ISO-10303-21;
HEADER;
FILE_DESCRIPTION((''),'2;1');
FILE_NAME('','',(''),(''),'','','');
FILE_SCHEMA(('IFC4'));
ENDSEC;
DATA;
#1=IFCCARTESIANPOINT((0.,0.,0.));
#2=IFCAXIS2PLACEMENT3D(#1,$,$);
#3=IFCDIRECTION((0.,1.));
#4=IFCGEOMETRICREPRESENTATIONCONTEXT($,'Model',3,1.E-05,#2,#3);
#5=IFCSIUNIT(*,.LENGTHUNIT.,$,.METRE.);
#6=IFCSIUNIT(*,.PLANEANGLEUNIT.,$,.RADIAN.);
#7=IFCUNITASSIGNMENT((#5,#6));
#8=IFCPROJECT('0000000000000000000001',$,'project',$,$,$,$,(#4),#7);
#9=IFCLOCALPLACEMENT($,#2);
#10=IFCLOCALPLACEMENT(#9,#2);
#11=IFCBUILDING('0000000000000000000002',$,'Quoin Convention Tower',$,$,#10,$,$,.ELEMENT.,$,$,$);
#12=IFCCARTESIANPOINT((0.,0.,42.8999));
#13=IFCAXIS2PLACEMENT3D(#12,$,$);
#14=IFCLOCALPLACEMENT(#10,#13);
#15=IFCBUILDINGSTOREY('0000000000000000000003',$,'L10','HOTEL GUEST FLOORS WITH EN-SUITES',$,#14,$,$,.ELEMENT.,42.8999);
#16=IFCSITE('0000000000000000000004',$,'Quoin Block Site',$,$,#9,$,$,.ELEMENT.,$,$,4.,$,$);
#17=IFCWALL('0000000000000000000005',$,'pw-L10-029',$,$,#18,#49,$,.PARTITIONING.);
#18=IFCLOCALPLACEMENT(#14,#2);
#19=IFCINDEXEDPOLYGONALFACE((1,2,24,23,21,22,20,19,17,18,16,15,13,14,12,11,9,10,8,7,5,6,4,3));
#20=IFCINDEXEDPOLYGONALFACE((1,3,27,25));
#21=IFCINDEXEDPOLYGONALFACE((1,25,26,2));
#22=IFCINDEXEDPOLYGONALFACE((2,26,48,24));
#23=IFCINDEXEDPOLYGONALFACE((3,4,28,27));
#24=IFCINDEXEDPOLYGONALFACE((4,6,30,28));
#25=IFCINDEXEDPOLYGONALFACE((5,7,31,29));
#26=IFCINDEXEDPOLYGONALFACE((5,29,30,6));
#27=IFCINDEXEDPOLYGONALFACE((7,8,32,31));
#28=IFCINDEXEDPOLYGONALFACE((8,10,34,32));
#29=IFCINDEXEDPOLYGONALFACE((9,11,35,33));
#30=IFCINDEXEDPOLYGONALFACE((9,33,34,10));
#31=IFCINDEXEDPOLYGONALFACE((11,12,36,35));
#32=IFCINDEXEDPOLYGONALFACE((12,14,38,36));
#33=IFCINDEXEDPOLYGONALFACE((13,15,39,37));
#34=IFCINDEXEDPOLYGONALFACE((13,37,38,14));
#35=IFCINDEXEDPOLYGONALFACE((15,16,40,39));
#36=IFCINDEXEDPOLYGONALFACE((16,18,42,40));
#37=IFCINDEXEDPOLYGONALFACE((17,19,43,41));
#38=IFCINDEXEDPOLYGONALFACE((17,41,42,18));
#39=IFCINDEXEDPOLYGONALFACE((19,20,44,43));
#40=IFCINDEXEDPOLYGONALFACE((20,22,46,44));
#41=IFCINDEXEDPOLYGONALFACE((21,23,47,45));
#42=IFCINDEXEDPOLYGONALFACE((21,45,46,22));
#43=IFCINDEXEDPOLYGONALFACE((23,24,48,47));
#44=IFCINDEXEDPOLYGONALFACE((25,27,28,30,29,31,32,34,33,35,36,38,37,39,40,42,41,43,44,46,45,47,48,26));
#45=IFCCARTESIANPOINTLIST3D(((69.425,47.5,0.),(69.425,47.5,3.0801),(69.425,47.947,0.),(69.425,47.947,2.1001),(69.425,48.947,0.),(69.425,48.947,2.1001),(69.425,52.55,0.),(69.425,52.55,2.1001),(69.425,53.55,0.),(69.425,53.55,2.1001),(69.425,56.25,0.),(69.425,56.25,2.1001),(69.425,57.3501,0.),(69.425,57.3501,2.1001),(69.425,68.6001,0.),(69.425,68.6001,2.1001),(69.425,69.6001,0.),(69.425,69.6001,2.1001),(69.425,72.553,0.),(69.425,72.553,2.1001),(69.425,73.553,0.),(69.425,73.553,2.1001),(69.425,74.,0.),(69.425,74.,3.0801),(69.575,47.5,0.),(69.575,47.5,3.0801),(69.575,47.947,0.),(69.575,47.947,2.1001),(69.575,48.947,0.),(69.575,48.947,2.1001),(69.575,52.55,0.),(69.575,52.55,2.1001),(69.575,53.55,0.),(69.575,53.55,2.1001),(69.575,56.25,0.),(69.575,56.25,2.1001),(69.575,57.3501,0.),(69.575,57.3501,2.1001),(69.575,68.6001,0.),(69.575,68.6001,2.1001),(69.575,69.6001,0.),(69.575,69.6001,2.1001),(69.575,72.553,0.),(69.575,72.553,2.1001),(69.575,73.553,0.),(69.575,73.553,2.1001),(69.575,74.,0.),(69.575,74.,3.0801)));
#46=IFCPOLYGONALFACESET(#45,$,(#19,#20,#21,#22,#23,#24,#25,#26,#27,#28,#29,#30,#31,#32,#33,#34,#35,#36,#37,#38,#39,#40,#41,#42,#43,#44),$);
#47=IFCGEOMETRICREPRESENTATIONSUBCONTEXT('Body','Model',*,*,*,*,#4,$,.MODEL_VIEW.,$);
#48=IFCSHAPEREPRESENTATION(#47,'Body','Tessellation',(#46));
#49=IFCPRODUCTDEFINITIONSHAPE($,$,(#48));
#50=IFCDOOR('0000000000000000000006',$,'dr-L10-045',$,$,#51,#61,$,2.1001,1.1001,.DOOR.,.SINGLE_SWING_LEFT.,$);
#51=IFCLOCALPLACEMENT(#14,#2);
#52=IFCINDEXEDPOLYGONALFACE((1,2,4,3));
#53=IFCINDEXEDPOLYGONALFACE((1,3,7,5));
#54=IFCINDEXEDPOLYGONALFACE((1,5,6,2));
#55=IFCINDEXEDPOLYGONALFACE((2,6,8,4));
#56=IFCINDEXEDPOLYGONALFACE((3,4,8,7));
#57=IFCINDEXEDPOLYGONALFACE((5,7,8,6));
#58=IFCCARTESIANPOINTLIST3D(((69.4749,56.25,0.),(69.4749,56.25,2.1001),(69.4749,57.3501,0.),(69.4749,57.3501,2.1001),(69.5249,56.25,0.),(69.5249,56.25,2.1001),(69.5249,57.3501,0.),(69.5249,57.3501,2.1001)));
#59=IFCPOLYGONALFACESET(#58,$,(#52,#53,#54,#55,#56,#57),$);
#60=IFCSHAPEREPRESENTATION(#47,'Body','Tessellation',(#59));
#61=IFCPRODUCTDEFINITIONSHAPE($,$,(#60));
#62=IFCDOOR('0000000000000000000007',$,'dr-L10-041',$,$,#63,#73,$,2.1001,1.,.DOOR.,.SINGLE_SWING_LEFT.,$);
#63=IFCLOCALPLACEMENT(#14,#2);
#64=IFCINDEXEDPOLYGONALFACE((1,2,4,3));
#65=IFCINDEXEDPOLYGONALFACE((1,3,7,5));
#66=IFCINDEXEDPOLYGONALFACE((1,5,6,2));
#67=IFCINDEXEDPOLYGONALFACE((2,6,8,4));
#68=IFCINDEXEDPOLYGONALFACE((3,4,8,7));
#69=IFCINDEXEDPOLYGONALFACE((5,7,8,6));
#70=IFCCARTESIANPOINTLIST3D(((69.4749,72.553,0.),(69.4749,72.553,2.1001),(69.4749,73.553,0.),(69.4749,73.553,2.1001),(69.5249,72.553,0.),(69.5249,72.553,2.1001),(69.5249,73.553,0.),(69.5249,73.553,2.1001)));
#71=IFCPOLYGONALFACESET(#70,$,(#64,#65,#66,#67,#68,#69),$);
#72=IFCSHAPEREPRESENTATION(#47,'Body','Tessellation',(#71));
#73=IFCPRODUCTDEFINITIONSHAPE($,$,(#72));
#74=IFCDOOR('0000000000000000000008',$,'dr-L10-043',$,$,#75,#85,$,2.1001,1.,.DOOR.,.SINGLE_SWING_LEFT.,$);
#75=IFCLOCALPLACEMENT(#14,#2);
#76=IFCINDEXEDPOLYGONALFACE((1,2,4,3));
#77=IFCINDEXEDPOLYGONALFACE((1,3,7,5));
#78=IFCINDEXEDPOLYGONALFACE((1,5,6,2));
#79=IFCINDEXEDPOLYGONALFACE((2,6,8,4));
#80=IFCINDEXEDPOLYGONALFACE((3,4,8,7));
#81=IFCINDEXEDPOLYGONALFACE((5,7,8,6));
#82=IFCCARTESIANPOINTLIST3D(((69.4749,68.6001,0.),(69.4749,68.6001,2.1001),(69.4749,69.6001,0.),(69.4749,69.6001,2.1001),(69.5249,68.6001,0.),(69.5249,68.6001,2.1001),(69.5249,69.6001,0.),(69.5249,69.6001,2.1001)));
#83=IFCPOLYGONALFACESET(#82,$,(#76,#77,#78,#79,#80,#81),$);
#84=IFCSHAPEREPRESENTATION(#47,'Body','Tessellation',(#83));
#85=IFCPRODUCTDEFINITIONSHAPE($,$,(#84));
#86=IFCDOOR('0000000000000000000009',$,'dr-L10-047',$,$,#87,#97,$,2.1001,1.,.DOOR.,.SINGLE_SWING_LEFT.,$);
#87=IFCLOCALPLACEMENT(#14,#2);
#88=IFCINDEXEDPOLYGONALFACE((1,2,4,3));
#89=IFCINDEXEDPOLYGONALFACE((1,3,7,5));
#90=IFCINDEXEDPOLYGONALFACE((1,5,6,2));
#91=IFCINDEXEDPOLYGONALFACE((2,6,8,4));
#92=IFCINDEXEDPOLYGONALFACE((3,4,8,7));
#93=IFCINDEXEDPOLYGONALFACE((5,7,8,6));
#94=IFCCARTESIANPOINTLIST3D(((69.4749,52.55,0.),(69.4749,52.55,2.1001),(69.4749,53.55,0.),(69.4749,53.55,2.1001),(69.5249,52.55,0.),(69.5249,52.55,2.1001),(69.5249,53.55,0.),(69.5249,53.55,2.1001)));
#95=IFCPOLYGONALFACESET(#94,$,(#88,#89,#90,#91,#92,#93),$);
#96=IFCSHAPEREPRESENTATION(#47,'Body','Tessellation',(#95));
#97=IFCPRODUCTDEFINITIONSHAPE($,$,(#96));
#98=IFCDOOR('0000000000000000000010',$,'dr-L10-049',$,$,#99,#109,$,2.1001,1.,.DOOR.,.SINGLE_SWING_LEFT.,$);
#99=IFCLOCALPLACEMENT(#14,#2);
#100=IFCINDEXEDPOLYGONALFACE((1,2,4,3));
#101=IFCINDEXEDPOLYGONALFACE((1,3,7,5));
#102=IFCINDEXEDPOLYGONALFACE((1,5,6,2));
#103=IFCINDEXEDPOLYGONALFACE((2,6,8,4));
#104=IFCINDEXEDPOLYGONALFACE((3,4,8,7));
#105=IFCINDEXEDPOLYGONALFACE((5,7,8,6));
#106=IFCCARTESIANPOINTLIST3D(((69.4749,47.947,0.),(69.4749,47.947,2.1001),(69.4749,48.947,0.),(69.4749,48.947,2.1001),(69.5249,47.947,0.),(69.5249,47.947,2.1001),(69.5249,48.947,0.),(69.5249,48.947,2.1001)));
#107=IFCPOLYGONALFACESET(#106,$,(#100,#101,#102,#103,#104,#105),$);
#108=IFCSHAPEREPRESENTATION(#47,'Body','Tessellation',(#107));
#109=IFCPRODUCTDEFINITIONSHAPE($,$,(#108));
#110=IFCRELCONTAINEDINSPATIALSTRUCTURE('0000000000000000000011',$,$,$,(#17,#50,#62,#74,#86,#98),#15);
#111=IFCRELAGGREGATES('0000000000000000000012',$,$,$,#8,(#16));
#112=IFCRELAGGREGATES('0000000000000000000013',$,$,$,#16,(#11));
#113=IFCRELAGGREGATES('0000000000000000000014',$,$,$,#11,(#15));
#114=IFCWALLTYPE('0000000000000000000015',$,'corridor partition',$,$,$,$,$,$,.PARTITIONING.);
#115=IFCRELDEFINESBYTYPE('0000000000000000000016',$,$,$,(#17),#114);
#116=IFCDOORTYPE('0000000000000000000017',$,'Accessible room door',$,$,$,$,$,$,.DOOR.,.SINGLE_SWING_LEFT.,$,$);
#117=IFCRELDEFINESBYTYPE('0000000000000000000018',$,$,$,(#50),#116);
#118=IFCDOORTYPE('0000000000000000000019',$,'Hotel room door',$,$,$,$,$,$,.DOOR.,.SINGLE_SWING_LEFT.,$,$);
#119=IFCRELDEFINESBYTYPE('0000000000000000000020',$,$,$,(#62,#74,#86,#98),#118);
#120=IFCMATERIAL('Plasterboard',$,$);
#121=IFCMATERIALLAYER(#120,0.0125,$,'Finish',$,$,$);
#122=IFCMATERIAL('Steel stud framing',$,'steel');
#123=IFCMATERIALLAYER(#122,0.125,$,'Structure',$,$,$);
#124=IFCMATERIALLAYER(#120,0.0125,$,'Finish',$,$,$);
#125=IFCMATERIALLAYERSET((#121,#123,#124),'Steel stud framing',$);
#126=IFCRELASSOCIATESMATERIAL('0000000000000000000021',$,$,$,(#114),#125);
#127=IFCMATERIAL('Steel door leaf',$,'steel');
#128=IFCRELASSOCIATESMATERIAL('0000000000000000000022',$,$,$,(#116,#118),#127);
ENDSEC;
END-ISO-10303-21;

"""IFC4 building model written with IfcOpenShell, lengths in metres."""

from ifc_helpers import new_model, si_unit, direction, frame, frame_2d, origin, place, context, subcontext, project, spatial, rectangle, extrude, material, layer, layer_set, type_object, element, fill, save


model = new_model("IFC4")

# Units and contexts
model_context = context("Model", 3, precision=1e-05, world=origin(), true_north=direction((0.0, 1.0)))
body_context = subcontext(model_context, "Body", "Model", "MODEL_VIEW")
ifc_project = project(units=[si_unit("LENGTHUNIT", "METRE"), si_unit("PLANEANGLEUNIT", "RADIAN")], contexts=[model_context])

# Site, building, storey
site_placement = place(None, origin())
site = spatial("IfcSite", under=ifc_project, at=site_placement, Name="Quoin Block Site", CompositionType="ELEMENT", RefElevation=4.0)
building_placement = place(site_placement, origin())
building = spatial("IfcBuilding", under=site, at=building_placement, Name="Quoin Convention Tower", CompositionType="ELEMENT")
storey_placement = place(building_placement, frame((0.0, 0.0, 42.8999)))
storey = spatial("IfcBuildingStorey", under=building, at=storey_placement, Name="L10", Description="HOTEL GUEST FLOORS WITH EN-SUITES", CompositionType="ELEMENT", Elevation=42.8999)

# Shared definitions
ifc_material_1 = material(Name="Plasterboard")
ifc_material_2 = material(Name="Steel stud framing", Category="steel")

# Shared definitions
ifc_material_3 = material(Name="Steel door leaf", Category="steel")

# Wall, openings, doors
ifc_layer_1 = layer(ifc_material_1, 0.0125, Name="Finish")
ifc_layer_2 = layer(ifc_material_2, 0.125, Name="Structure")
ifc_layer_3 = layer(ifc_material_1, 0.0125, Name="Finish")
ifc_layer_set_1 = layer_set([ifc_layer_1, ifc_layer_2, ifc_layer_3], Name="Steel stud framing")
wall_type_1 = type_object("IfcWallType", Name="corridor partition", PredefinedType="PARTITIONING", material=ifc_layer_set_1)
wall_1_placement = place(storey_placement, frame((69.5, 47.5, 0.0), z_axis=(0.0, 0.0, 1.0), x_axis=(0.0, 1.0, 0.0)))
wall_1 = element("IfcWall", 1, at=wall_1_placement, inside=storey, type_object=wall_type_1, Name="pw-L10-029", PredefinedType="PARTITIONING", context=body_context, shape_type="SweptSolid", body=[
    extrude(rectangle(XDim=26.5, YDim=0.1499, at=frame_2d((13.25, 0.0))), origin(), (0.0, 0.0, 1.0), 3.0801),
])
opening_1_placement = place(wall_1_placement, frame((25.053, 0.0, 0.0)))
opening_1 = element("IfcOpeningElement", 2, at=opening_1_placement, cuts=wall_1, PredefinedType="OPENING", context=body_context, shape_type="SweptSolid", body=[
    extrude(rectangle(XDim=1.0, YDim=2.1001, at=frame_2d((0.5, 1.05))), frame((0.0, 0.085, 0.0), z_axis=(0.0, -1.0, 0.0), x_axis=(1.0, 0.0, 0.0)), (0.0, 0.0, 1.0), 0.1699),
])
opening_2_placement = place(wall_1_placement, frame((21.1001, 0.0, 0.0)))
opening_2 = element("IfcOpeningElement", 3, at=opening_2_placement, cuts=wall_1, PredefinedType="OPENING", context=body_context, shape_type="SweptSolid", body=[
    extrude(rectangle(XDim=1.0, YDim=2.1001, at=frame_2d((0.5, 1.05))), frame((0.0, 0.085, 0.0), z_axis=(0.0, -1.0, 0.0), x_axis=(1.0, 0.0, 0.0)), (0.0, 0.0, 1.0), 0.1699),
])
opening_3_placement = place(wall_1_placement, frame((8.75, 0.0, 0.0)))
opening_3 = element("IfcOpeningElement", 4, at=opening_3_placement, cuts=wall_1, PredefinedType="OPENING", context=body_context, shape_type="SweptSolid", body=[
    extrude(rectangle(XDim=1.1001, YDim=2.1001, at=frame_2d((0.55, 1.05))), frame((0.0, 0.085, 0.0), z_axis=(0.0, -1.0, 0.0), x_axis=(1.0, 0.0, 0.0)), (0.0, 0.0, 1.0), 0.1699),
])
opening_4_placement = place(wall_1_placement, frame((5.05, 0.0, 0.0)))
opening_4 = element("IfcOpeningElement", 5, at=opening_4_placement, cuts=wall_1, PredefinedType="OPENING", context=body_context, shape_type="SweptSolid", body=[
    extrude(rectangle(XDim=1.0, YDim=2.1001, at=frame_2d((0.5, 1.05))), frame((0.0, 0.085, 0.0), z_axis=(0.0, -1.0, 0.0), x_axis=(1.0, 0.0, 0.0)), (0.0, 0.0, 1.0), 0.1699),
])
opening_5_placement = place(wall_1_placement, frame((0.447, 0.0, 0.0)))
opening_5 = element("IfcOpeningElement", 6, at=opening_5_placement, cuts=wall_1, PredefinedType="OPENING", context=body_context, shape_type="SweptSolid", body=[
    extrude(rectangle(XDim=1.0, YDim=2.1001, at=frame_2d((0.5, 1.05))), frame((0.0, 0.085, 0.0), z_axis=(0.0, -1.0, 0.0), x_axis=(1.0, 0.0, 0.0)), (0.0, 0.0, 1.0), 0.1699),
])
door_type_1 = type_object("IfcDoorType", Name="Accessible room door", OperationType="SINGLE_SWING_LEFT", PredefinedType="DOOR", material=ifc_material_3)
door_1_placement = place(opening_3_placement, frame((1.1001, 0.0, 0.0), z_axis=(0.0, 0.0, 1.0), x_axis=(-1.0, 0.0, 0.0)))
door_1 = element("IfcDoor", 7, at=door_1_placement, inside=storey, type_object=door_type_1, Name="dr-L10-045", OperationType="SINGLE_SWING_LEFT", OverallHeight=2.1001, OverallWidth=1.1001, PredefinedType="DOOR", context=body_context, shape_type="SweptSolid", body=[
    extrude(rectangle(XDim=1.1001, YDim=2.1001, at=frame_2d((0.55, 1.05))), frame((0.0, 0.0249, 0.0), z_axis=(0.0, -1.0, 0.0), x_axis=(1.0, 0.0, 0.0)), (0.0, 0.0, 1.0), 0.05),
])
fill(opening_3, door_1)
door_type_2 = type_object("IfcDoorType", Name="Hotel room door", OperationType="SINGLE_SWING_LEFT", PredefinedType="DOOR", material=ifc_material_3)
door_2_placement = place(opening_1_placement, frame((1.0, 0.0, 0.0), z_axis=(0.0, 0.0, 1.0), x_axis=(-1.0, 0.0, 0.0)))
door_2 = element("IfcDoor", 8, at=door_2_placement, inside=storey, type_object=door_type_2, Name="dr-L10-041", OperationType="SINGLE_SWING_LEFT", OverallHeight=2.1001, OverallWidth=1.0, PredefinedType="DOOR", context=body_context, shape_type="SweptSolid", body=[
    extrude(rectangle(XDim=1.0, YDim=2.1001, at=frame_2d((0.5, 1.05))), frame((0.0, 0.0249, 0.0), z_axis=(0.0, -1.0, 0.0), x_axis=(1.0, 0.0, 0.0)), (0.0, 0.0, 1.0), 0.05),
])
fill(opening_1, door_2)
door_3_placement = place(opening_2_placement, frame((1.0, 0.0, 0.0), z_axis=(0.0, 0.0, 1.0), x_axis=(-1.0, 0.0, 0.0)))
door_3 = element("IfcDoor", 9, at=door_3_placement, inside=storey, type_object=door_type_2, Name="dr-L10-043", OperationType="SINGLE_SWING_LEFT", OverallHeight=2.1001, OverallWidth=1.0, PredefinedType="DOOR", context=body_context, shape_type="SweptSolid", body=[
    extrude(rectangle(XDim=1.0, YDim=2.1001, at=frame_2d((0.5, 1.05))), frame((0.0, 0.0249, 0.0), z_axis=(0.0, -1.0, 0.0), x_axis=(1.0, 0.0, 0.0)), (0.0, 0.0, 1.0), 0.05),
])
fill(opening_2, door_3)
door_4_placement = place(opening_4_placement, frame((1.0, 0.0, 0.0), z_axis=(0.0, 0.0, 1.0), x_axis=(-1.0, 0.0, 0.0)))
door_4 = element("IfcDoor", 10, at=door_4_placement, inside=storey, type_object=door_type_2, Name="dr-L10-047", OperationType="SINGLE_SWING_LEFT", OverallHeight=2.1001, OverallWidth=1.0, PredefinedType="DOOR", context=body_context, shape_type="SweptSolid", body=[
    extrude(rectangle(XDim=1.0, YDim=2.1001, at=frame_2d((0.5, 1.05))), frame((0.0, 0.0249, 0.0), z_axis=(0.0, -1.0, 0.0), x_axis=(1.0, 0.0, 0.0)), (0.0, 0.0, 1.0), 0.05),
])
fill(opening_4, door_4)
door_5_placement = place(opening_5_placement, frame((1.0, 0.0, 0.0), z_axis=(0.0, 0.0, 1.0), x_axis=(-1.0, 0.0, 0.0)))
door_5 = element("IfcDoor", 11, at=door_5_placement, inside=storey, type_object=door_type_2, Name="dr-L10-049", OperationType="SINGLE_SWING_LEFT", OverallHeight=2.1001, OverallWidth=1.0, PredefinedType="DOOR", context=body_context, shape_type="SweptSolid", body=[
    extrude(rectangle(XDim=1.0, YDim=2.1001, at=frame_2d((0.5, 1.05))), frame((0.0, 0.0249, 0.0), z_axis=(0.0, -1.0, 0.0), x_axis=(1.0, 0.0, 0.0)), (0.0, 0.0, 1.0), 0.05),
])
fill(opening_5, door_5)

save(model, "model.ifc")
